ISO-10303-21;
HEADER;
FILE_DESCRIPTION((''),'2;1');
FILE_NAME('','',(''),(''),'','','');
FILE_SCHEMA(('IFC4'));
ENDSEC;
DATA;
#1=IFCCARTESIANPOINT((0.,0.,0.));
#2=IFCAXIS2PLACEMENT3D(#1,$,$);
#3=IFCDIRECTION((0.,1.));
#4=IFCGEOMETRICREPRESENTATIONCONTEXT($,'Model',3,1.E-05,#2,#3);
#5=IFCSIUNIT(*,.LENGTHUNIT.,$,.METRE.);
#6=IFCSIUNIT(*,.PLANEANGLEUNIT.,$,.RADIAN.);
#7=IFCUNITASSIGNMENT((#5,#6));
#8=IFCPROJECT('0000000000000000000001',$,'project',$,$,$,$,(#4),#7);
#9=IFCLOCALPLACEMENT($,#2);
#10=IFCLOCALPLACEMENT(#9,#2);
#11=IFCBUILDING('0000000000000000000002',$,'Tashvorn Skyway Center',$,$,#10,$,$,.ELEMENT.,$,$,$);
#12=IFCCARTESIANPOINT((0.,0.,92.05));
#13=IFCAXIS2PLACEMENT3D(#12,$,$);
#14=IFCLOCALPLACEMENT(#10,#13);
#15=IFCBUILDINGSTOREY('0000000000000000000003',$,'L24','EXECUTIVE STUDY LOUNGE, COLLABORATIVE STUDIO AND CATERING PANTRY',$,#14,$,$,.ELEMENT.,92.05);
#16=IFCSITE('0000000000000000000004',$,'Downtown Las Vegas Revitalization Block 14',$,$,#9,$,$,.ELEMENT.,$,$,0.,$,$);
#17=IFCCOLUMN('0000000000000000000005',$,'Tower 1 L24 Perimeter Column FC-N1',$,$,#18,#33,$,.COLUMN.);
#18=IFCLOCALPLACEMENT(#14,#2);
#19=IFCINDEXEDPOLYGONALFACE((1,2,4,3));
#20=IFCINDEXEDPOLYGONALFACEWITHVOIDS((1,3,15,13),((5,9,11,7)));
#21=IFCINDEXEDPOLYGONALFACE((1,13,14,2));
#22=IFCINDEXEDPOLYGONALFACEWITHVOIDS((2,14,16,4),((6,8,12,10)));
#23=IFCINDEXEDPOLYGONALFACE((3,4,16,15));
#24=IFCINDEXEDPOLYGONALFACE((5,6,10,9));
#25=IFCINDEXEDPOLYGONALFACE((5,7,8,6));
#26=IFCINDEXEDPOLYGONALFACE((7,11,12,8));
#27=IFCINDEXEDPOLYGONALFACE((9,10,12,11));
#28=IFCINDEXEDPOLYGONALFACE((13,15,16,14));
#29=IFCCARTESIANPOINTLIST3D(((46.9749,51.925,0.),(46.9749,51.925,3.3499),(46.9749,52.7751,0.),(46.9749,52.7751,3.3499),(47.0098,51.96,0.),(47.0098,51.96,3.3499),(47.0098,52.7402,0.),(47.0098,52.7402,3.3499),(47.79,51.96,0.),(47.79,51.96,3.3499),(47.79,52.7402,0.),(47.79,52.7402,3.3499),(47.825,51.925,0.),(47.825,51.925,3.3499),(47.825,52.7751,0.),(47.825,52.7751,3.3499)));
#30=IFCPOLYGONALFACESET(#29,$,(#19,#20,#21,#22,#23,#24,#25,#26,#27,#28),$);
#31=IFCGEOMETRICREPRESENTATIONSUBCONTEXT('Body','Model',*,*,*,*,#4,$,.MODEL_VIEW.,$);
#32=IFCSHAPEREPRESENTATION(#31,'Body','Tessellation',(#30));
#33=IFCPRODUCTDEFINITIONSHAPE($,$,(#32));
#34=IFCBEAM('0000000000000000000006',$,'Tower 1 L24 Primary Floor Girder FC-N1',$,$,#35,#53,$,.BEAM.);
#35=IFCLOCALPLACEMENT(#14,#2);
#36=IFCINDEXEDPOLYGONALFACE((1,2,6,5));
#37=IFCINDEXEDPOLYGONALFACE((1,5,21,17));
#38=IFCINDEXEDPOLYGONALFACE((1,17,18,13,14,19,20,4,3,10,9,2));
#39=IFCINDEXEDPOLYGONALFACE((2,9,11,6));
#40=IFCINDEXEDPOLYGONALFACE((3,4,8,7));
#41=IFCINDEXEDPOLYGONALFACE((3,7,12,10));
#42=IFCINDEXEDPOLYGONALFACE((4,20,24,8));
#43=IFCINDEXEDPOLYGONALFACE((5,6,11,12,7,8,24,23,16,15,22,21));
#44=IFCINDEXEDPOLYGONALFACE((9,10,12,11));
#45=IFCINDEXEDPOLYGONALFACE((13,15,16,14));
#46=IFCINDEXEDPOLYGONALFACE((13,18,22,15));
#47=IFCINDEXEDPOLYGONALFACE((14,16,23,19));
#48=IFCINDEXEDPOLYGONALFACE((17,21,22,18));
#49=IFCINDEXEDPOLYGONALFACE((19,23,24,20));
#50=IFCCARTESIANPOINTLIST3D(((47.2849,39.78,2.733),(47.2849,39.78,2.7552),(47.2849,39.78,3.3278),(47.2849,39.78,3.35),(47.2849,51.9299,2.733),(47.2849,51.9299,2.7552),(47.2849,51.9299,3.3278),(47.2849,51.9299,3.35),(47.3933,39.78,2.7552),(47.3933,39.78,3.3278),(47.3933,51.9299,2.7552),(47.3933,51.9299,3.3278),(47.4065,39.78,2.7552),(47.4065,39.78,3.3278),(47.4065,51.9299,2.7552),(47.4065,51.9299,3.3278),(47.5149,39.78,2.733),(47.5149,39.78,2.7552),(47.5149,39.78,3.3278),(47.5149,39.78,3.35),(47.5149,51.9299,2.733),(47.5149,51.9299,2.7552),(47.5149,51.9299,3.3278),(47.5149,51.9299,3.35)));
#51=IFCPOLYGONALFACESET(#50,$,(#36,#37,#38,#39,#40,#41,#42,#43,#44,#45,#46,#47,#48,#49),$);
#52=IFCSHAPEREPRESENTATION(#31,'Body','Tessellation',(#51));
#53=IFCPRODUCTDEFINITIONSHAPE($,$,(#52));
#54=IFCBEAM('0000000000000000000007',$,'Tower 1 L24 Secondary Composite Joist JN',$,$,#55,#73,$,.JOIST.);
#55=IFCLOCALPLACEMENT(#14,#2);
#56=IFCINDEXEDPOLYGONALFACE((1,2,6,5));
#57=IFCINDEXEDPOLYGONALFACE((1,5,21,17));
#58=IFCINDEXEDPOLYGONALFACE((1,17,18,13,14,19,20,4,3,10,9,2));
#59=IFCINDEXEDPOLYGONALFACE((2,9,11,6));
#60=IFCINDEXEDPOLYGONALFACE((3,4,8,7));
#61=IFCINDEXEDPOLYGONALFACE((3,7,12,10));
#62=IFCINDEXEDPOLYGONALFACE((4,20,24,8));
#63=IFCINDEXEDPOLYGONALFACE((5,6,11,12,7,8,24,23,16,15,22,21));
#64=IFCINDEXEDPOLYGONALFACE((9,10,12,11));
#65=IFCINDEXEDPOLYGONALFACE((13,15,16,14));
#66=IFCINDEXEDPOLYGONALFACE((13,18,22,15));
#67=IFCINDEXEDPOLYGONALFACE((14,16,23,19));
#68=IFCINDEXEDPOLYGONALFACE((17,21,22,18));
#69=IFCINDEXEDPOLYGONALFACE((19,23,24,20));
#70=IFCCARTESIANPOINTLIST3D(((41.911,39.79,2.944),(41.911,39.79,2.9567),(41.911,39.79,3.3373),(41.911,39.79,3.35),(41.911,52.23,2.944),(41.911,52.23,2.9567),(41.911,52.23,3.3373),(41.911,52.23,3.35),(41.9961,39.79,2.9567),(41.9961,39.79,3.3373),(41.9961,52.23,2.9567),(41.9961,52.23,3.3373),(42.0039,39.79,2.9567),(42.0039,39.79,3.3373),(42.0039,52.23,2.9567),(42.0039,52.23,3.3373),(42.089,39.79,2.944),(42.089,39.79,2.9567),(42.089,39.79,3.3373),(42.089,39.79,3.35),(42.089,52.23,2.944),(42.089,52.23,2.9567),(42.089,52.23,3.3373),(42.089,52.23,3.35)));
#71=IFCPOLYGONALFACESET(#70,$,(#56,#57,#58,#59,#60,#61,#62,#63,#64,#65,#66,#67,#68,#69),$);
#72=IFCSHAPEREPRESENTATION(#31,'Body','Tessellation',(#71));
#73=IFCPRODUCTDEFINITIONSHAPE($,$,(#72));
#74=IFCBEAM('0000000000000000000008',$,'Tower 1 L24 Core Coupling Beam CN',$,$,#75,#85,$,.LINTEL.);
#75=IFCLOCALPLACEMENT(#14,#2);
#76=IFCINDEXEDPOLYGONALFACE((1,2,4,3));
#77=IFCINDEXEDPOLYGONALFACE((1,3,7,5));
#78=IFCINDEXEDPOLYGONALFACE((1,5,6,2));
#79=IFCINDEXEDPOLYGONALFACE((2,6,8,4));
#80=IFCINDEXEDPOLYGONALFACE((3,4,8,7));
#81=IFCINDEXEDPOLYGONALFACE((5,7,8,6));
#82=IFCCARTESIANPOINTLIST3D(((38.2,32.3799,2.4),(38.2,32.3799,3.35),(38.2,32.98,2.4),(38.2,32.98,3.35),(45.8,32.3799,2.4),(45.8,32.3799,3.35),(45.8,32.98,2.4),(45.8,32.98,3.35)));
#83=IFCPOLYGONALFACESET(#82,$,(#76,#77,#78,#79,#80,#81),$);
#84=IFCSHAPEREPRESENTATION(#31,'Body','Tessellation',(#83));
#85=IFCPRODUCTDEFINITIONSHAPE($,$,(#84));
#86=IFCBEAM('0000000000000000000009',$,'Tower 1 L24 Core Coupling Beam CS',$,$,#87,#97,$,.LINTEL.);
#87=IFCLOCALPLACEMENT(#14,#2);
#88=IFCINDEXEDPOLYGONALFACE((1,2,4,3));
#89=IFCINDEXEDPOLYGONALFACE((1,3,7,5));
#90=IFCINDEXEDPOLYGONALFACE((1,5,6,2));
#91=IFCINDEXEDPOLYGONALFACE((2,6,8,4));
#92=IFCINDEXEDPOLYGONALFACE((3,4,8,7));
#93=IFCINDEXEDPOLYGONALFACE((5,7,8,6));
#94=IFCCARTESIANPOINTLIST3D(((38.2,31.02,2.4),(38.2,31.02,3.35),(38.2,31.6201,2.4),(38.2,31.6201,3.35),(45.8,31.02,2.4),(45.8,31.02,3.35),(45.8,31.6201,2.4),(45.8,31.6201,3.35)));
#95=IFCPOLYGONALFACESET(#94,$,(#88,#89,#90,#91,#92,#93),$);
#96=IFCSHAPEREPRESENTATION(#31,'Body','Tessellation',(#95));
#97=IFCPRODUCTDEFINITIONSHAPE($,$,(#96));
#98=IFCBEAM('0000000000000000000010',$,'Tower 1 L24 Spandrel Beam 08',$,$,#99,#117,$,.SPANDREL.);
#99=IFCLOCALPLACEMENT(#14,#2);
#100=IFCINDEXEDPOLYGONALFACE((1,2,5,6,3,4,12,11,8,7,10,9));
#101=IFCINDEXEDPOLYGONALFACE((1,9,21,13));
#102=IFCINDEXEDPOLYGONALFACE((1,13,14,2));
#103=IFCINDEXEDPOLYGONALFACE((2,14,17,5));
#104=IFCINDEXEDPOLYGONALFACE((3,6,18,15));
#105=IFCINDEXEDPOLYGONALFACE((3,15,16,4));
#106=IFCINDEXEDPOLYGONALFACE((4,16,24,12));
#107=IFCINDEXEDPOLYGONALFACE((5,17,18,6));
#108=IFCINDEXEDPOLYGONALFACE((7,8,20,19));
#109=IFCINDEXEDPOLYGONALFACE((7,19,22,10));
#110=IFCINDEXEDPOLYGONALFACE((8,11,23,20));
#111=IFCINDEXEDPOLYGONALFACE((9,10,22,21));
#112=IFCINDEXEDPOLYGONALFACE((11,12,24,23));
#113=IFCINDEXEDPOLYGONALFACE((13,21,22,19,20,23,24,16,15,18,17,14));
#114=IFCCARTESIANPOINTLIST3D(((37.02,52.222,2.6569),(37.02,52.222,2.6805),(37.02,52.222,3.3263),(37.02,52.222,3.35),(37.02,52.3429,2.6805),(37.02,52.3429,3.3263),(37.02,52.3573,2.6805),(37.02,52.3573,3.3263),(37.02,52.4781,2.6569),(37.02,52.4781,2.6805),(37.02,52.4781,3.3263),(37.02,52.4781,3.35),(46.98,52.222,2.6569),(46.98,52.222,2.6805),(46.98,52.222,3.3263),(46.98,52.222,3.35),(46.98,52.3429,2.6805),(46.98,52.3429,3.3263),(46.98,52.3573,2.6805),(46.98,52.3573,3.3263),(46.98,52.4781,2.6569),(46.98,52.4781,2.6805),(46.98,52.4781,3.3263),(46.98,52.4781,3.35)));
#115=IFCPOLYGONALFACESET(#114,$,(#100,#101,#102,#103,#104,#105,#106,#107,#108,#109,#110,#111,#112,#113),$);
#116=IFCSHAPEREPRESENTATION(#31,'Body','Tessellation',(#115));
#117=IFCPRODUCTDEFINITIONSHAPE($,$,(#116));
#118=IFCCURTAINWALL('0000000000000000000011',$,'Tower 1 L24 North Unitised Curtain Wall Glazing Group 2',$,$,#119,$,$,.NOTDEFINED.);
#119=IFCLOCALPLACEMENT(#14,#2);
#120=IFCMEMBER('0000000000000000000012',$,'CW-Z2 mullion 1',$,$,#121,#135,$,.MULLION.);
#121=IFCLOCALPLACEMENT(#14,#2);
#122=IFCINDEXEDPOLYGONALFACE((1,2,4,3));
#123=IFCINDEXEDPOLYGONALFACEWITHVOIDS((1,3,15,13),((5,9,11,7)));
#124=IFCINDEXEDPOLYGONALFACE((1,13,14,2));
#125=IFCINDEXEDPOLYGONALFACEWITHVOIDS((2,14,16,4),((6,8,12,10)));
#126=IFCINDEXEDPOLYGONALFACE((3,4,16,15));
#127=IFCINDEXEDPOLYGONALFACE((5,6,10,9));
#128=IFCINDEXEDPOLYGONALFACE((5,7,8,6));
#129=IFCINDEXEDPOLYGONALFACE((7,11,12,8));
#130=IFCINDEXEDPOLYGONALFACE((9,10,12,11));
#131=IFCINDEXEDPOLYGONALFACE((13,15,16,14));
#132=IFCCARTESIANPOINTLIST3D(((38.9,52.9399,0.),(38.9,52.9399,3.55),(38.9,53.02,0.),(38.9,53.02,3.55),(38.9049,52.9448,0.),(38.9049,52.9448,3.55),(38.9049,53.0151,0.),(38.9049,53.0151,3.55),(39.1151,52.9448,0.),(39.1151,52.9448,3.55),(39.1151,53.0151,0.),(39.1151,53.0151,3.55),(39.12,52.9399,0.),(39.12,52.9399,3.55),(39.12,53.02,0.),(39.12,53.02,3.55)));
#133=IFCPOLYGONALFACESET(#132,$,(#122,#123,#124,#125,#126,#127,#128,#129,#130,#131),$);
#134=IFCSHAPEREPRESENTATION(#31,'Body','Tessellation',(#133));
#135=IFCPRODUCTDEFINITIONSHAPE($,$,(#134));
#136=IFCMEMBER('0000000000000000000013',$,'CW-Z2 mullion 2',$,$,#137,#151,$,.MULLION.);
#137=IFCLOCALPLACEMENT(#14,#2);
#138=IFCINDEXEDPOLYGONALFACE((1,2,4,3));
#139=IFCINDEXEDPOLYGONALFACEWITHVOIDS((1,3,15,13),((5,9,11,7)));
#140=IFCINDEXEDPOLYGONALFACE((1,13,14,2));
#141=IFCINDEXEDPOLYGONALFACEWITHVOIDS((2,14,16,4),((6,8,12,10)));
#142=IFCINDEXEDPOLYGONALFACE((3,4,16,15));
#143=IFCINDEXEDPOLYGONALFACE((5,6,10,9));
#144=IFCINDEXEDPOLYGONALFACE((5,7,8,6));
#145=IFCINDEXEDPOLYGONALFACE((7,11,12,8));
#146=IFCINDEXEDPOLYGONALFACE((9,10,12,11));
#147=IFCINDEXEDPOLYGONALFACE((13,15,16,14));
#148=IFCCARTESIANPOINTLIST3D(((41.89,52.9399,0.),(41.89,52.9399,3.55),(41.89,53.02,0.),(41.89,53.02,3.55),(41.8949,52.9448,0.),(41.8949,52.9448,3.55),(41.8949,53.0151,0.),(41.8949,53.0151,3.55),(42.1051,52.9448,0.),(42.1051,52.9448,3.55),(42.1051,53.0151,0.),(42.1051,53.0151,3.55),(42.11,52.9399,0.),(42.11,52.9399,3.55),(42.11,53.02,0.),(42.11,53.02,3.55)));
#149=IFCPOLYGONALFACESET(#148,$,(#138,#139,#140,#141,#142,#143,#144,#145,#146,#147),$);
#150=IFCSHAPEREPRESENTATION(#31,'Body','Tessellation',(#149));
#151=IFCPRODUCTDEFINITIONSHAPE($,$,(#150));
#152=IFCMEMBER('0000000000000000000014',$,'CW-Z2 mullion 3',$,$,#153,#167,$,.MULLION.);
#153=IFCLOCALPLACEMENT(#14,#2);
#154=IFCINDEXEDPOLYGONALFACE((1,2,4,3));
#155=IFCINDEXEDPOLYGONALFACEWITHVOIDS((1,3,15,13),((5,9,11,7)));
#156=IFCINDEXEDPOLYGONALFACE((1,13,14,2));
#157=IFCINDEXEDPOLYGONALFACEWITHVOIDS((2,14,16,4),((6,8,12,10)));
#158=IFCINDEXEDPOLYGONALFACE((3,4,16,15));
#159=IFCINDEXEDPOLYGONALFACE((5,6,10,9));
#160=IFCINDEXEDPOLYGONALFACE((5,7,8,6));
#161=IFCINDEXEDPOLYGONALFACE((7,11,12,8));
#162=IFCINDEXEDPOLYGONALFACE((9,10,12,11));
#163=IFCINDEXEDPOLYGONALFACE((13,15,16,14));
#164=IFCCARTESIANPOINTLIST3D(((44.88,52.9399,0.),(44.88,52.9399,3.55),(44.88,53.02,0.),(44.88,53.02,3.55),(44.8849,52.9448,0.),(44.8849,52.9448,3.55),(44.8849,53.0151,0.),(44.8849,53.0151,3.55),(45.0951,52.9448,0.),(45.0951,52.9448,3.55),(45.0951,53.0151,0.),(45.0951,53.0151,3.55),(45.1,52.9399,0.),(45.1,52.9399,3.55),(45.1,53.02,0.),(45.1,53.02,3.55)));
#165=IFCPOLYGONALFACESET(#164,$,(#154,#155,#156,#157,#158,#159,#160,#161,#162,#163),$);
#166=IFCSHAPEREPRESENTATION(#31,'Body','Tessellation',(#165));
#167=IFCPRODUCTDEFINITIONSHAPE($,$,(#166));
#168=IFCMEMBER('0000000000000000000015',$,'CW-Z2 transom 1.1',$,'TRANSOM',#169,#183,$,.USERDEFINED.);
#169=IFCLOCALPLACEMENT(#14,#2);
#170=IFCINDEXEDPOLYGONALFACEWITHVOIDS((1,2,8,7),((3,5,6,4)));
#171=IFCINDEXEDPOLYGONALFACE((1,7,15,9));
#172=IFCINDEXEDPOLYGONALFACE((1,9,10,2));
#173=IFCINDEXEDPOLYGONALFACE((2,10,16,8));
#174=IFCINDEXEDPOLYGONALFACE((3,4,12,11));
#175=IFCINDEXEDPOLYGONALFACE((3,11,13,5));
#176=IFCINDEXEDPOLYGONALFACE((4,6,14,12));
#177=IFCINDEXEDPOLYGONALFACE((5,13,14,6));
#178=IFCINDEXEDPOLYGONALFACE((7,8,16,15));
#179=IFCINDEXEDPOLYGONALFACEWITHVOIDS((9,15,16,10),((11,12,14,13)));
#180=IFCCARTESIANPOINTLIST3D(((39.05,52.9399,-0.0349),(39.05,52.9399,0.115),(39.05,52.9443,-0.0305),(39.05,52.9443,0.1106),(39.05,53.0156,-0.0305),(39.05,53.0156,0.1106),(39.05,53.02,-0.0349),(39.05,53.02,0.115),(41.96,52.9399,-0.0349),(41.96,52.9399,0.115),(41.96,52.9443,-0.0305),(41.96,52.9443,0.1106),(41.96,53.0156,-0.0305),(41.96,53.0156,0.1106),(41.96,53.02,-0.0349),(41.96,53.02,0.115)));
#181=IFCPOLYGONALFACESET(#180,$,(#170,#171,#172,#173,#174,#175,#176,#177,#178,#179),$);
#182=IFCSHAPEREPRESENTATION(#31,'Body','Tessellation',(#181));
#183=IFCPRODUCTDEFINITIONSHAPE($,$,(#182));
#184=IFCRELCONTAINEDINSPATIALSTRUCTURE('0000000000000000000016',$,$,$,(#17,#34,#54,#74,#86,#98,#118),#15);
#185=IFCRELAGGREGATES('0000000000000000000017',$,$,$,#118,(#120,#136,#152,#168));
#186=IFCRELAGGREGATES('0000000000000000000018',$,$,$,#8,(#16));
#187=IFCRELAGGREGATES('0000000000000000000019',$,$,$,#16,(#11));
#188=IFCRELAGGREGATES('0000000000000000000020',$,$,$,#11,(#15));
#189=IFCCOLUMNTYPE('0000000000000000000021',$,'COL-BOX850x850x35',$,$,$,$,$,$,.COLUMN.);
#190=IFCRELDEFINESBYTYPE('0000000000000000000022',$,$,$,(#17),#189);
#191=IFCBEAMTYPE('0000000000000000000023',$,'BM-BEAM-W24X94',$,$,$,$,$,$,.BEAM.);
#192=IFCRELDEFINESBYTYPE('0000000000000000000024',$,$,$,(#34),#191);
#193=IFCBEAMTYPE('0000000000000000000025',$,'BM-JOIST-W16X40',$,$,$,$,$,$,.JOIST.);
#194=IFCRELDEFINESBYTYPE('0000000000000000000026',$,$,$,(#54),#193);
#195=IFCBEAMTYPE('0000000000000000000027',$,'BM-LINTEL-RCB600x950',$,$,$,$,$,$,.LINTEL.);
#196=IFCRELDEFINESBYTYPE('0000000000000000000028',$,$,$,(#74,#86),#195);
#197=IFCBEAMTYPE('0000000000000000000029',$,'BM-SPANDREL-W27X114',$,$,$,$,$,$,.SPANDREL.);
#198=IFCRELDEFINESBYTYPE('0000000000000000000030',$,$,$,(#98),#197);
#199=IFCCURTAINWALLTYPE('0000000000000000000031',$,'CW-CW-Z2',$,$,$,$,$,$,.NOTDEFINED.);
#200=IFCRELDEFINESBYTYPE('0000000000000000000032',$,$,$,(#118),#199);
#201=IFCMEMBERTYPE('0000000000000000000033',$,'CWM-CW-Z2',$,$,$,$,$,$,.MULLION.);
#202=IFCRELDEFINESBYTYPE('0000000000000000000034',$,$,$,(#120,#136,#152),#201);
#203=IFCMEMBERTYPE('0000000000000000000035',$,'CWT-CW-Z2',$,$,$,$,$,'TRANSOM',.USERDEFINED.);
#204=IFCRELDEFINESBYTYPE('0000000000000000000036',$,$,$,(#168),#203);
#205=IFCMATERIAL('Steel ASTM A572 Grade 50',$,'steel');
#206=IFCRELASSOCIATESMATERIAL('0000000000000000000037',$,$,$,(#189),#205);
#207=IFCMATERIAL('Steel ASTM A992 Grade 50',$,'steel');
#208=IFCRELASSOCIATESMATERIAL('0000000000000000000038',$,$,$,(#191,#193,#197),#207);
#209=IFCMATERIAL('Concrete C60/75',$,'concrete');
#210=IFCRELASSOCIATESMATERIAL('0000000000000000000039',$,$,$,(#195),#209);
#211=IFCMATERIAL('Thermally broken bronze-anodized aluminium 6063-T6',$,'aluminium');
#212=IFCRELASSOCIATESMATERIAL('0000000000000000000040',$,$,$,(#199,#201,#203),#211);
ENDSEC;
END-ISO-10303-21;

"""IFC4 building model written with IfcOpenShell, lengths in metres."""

from ifc_helpers import new_model, si_unit, direction, frame, origin, origin_2d, place, context, subcontext, project, spatial, rectangle, hollow_rectangle, i_section, extrude, material, material_profile, profile_set, type_object, element, aggregate, save


model = new_model("IFC4")

# Units and contexts
model_context = context("Model", 3, precision=1e-05, world=origin(), true_north=direction((0.0, 1.0)))
body_context = subcontext(model_context, "Body", "Model", "MODEL_VIEW")
ifc_project = project(units=[si_unit("LENGTHUNIT", "METRE"), si_unit("PLANEANGLEUNIT", "RADIAN")], contexts=[model_context])

# Site, building, storey
site_placement = place(None, origin())
site = spatial("IfcSite", under=ifc_project, at=site_placement, Name="Downtown Las Vegas Revitalization Block 14", CompositionType="ELEMENT", RefElevation=0.0)
building_placement = place(site_placement, origin())
building = spatial("IfcBuilding", under=site, at=building_placement, Name="Tashvorn Skyway Center", CompositionType="ELEMENT")
storey_placement = place(building_placement, frame((0.0, 0.0, 92.05)))
storey = spatial("IfcBuildingStorey", under=building, at=storey_placement, Name="L24", Description="EXECUTIVE STUDY LOUNGE, COLLABORATIVE STUDIO AND CATERING PANTRY", CompositionType="ELEMENT", Elevation=92.05)

# Column
ifc_material_1 = material(Name="Steel ASTM A572 Grade 50", Category="steel")
ifc_material_profile_1 = material_profile(ifc_material_1, hollow_rectangle(XDim=0.8501, YDim=0.8501, WallThickness=0.0349, at=origin_2d()), Name="BOX850x850x35")
ifc_profile_set_1 = profile_set([ifc_material_profile_1], Name="Steel ASTM A572 Grade 50")
column_type = type_object("IfcColumnType", Name="COL-BOX850x850x35", PredefinedType="COLUMN", material=ifc_profile_set_1)
column_placement = place(storey_placement, frame((47.3999, 52.3501, 0.0), z_axis=(0.0, 0.0, 1.0), x_axis=(1.0, 0.0, 0.0)))
element("IfcColumn", 1, at=column_placement, inside=storey, type_object=column_type, Name="Tower 1 L24 Perimeter Column FC-N1", PredefinedType="COLUMN", context=body_context, shape_type="SweptSolid", body=[
    extrude(hollow_rectangle(XDim=0.8501, YDim=0.8501, WallThickness=0.0349, at=origin_2d()), origin(), (0.0, 0.0, 1.0), 3.3499),
])

# Beams
ifc_material_2 = material(Name="Steel ASTM A992 Grade 50", Category="steel")
ifc_material_profile_2 = material_profile(ifc_material_2, i_section(OverallWidth=0.23, OverallDepth=0.6169, WebThickness=0.0132, FlangeThickness=0.0222, at=origin_2d()), Name="W24X94")
ifc_profile_set_2 = profile_set([ifc_material_profile_2], Name="Steel ASTM A992 Grade 50")
beam_type_1 = type_object("IfcBeamType", Name="BM-BEAM-W24X94", PredefinedType="BEAM", material=ifc_profile_set_2)
beam_1_placement = place(storey_placement, frame((47.3999, 51.9299, 3.0415), z_axis=(0.0, -1.0, 0.0), x_axis=(1.0, 0.0, 0.0)))
element("IfcBeam", 2, at=beam_1_placement, inside=storey, type_object=beam_type_1, Name="Tower 1 L24 Primary Floor Girder FC-N1", PredefinedType="BEAM", context=body_context, shape_type="SweptSolid", body=[
    extrude(i_section(OverallWidth=0.23, OverallDepth=0.6169, WebThickness=0.0132, FlangeThickness=0.0222, at=origin_2d()), origin(), (0.0, 0.0, 1.0), 12.1499),
])
ifc_material_profile_3 = material_profile(ifc_material_2, i_section(OverallWidth=0.178, OverallDepth=0.406, WebThickness=0.0078, FlangeThickness=0.0127, at=origin_2d()), Name="W16X40")
ifc_profile_set_3 = profile_set([ifc_material_profile_3], Name="Steel ASTM A992 Grade 50")
beam_type_2 = type_object("IfcBeamType", Name="BM-JOIST-W16X40", PredefinedType="JOIST", material=ifc_profile_set_3)
beam_2_placement = place(storey_placement, frame((42.0, 39.79, 3.147), z_axis=(0.0, 1.0, 0.0), x_axis=(-1.0, 0.0, 0.0)))
element("IfcBeam", 3, at=beam_2_placement, inside=storey, type_object=beam_type_2, Name="Tower 1 L24 Secondary Composite Joist JN", PredefinedType="JOIST", context=body_context, shape_type="SweptSolid", body=[
    extrude(i_section(OverallWidth=0.178, OverallDepth=0.406, WebThickness=0.0078, FlangeThickness=0.0127, at=origin_2d()), origin(), (0.0, 0.0, 1.0), 12.4399),
])
ifc_material_3 = material(Name="Concrete C60/75", Category="concrete")
ifc_material_profile_4 = material_profile(ifc_material_3, rectangle(XDim=0.6001, YDim=0.95, at=origin_2d()), Name="RCB600x950")
ifc_profile_set_4 = profile_set([ifc_material_profile_4], Name="Concrete C60/75")
beam_type_3 = type_object("IfcBeamType", Name="BM-LINTEL-RCB600x950", PredefinedType="LINTEL", material=ifc_profile_set_4)
for number, where, z_axis, x_axis, name in (
    (4, (38.2, 32.6799, 2.875), (1.0, 0.0, 0.0), (0.0, 1.0, 0.0), "Tower 1 L24 Core Coupling Beam CN"),
    (5, (38.2, 31.3201, 2.875), (1.0, 0.0, 0.0), (0.0, 1.0, 0.0), "Tower 1 L24 Core Coupling Beam CS"),
):
    element("IfcBeam", number, at=place(storey_placement, frame(where, z_axis=z_axis, x_axis=x_axis)), inside=storey, type_object=beam_type_3, Name=name, PredefinedType="LINTEL", context=body_context, shape_type="SweptSolid", body=[
        extrude(rectangle(XDim=0.6001, YDim=0.95, at=origin_2d()), origin(), (0.0, 0.0, 1.0), 7.6001),
    ])
ifc_material_profile_5 = material_profile(ifc_material_2, i_section(OverallWidth=0.2561, OverallDepth=0.6931, WebThickness=0.0144, FlangeThickness=0.0237, at=origin_2d()), Name="W27X114")
ifc_profile_set_5 = profile_set([ifc_material_profile_5], Name="Steel ASTM A992 Grade 50")
beam_type_4 = type_object("IfcBeamType", Name="BM-SPANDREL-W27X114", PredefinedType="SPANDREL", material=ifc_profile_set_5)
beam_3_placement = place(storey_placement, frame((46.98, 52.3501, 3.0034), z_axis=(-1.0, 0.0, 0.0), x_axis=(0.0, -1.0, 0.0)))
element("IfcBeam", 6, at=beam_3_placement, inside=storey, type_object=beam_type_4, Name="Tower 1 L24 Spandrel Beam 08", PredefinedType="SPANDREL", context=body_context, shape_type="SweptSolid", body=[
    extrude(i_section(OverallWidth=0.2561, OverallDepth=0.6931, WebThickness=0.0144, FlangeThickness=0.0237, at=origin_2d()), origin(), (0.0, 0.0, 1.0), 9.96),
])

# Curtain wall, members
ifc_material_4 = material(Name="Thermally broken bronze-anodized aluminium 6063-T6", Category="aluminium")
curtain_wall_type = type_object("IfcCurtainWallType", Name="CW-CW-Z2", PredefinedType="NOTDEFINED", material=ifc_material_4)
curtain_wall_placement = place(storey_placement, origin())
curtain_wall = element("IfcCurtainWall", 7, at=curtain_wall_placement, inside=storey, type_object=curtain_wall_type, Name="Tower 1 L24 North Unitised Curtain Wall Glazing Group 2", PredefinedType="NOTDEFINED")
ifc_material_profile_6 = material_profile(ifc_material_4, hollow_rectangle(XDim=0.0801, YDim=0.22, WallThickness=0.0049, at=origin_2d()), Name="ALU-MULL-80x220")
ifc_profile_set_6 = profile_set([ifc_material_profile_6], Name="Thermally broken bronze-anodized aluminium 6063-T6")
member_type_1 = type_object("IfcMemberType", Name="CWM-CW-Z2", PredefinedType="MULLION", material=ifc_profile_set_6)
member_1_placement = place(storey_placement, frame((39.01, 52.98, 0.0), z_axis=(0.0, 0.0, 1.0), x_axis=(0.0, 1.0, 0.0)))
member_1 = element("IfcMember", 8, at=member_1_placement, type_object=member_type_1, Name="CW-Z2 mullion 1", PredefinedType="MULLION", context=body_context, shape_type="SweptSolid", body=[
    extrude(hollow_rectangle(XDim=0.0801, YDim=0.22, WallThickness=0.0049, at=origin_2d()), origin(), (0.0, 0.0, 1.0), 3.55),
])
member_2_placement = place(storey_placement, frame((42.0, 52.98, 0.0), z_axis=(0.0, 0.0, 1.0), x_axis=(0.0, 1.0, 0.0)))
member_2 = element("IfcMember", 9, at=member_2_placement, type_object=member_type_1, Name="CW-Z2 mullion 2", PredefinedType="MULLION", context=body_context, shape_type="SweptSolid", body=[
    extrude(hollow_rectangle(XDim=0.0801, YDim=0.22, WallThickness=0.0049, at=origin_2d()), origin(), (0.0, 0.0, 1.0), 3.55),
])
member_3_placement = place(storey_placement, frame((44.99, 52.98, 0.0), z_axis=(0.0, 0.0, 1.0), x_axis=(0.0, 1.0, 0.0)))
member_3 = element("IfcMember", 10, at=member_3_placement, type_object=member_type_1, Name="CW-Z2 mullion 3", PredefinedType="MULLION", context=body_context, shape_type="SweptSolid", body=[
    extrude(hollow_rectangle(XDim=0.0801, YDim=0.22, WallThickness=0.0049, at=origin_2d()), origin(), (0.0, 0.0, 1.0), 3.55),
])
ifc_material_profile_7 = material_profile(ifc_material_4, hollow_rectangle(XDim=0.0801, YDim=0.1499, WallThickness=0.0044, at=origin_2d()), Name="ALU-TRAN-80x150")
ifc_profile_set_7 = profile_set([ifc_material_profile_7], Name="Thermally broken bronze-anodized aluminium 6063-T6")
member_type_2 = type_object("IfcMemberType", Name="CWT-CW-Z2", ElementType="TRANSOM", PredefinedType="USERDEFINED", material=ifc_profile_set_7)
member_4_placement = place(storey_placement, frame((39.05, 52.98, 0.04), z_axis=(1.0, 0.0, 0.0), x_axis=(0.0, 1.0, 0.0)))
member_4 = element("IfcMember", 11, at=member_4_placement, type_object=member_type_2, Name="CW-Z2 transom 1.1", ObjectType="TRANSOM", PredefinedType="USERDEFINED", context=body_context, shape_type="SweptSolid", body=[
    extrude(hollow_rectangle(XDim=0.0801, YDim=0.1499, WallThickness=0.0044, at=origin_2d()), origin(), (0.0, 0.0, 1.0), 2.9099),
])
aggregate(curtain_wall, [member_1, member_2, member_3, member_4])

save(model, "model.ifc")
